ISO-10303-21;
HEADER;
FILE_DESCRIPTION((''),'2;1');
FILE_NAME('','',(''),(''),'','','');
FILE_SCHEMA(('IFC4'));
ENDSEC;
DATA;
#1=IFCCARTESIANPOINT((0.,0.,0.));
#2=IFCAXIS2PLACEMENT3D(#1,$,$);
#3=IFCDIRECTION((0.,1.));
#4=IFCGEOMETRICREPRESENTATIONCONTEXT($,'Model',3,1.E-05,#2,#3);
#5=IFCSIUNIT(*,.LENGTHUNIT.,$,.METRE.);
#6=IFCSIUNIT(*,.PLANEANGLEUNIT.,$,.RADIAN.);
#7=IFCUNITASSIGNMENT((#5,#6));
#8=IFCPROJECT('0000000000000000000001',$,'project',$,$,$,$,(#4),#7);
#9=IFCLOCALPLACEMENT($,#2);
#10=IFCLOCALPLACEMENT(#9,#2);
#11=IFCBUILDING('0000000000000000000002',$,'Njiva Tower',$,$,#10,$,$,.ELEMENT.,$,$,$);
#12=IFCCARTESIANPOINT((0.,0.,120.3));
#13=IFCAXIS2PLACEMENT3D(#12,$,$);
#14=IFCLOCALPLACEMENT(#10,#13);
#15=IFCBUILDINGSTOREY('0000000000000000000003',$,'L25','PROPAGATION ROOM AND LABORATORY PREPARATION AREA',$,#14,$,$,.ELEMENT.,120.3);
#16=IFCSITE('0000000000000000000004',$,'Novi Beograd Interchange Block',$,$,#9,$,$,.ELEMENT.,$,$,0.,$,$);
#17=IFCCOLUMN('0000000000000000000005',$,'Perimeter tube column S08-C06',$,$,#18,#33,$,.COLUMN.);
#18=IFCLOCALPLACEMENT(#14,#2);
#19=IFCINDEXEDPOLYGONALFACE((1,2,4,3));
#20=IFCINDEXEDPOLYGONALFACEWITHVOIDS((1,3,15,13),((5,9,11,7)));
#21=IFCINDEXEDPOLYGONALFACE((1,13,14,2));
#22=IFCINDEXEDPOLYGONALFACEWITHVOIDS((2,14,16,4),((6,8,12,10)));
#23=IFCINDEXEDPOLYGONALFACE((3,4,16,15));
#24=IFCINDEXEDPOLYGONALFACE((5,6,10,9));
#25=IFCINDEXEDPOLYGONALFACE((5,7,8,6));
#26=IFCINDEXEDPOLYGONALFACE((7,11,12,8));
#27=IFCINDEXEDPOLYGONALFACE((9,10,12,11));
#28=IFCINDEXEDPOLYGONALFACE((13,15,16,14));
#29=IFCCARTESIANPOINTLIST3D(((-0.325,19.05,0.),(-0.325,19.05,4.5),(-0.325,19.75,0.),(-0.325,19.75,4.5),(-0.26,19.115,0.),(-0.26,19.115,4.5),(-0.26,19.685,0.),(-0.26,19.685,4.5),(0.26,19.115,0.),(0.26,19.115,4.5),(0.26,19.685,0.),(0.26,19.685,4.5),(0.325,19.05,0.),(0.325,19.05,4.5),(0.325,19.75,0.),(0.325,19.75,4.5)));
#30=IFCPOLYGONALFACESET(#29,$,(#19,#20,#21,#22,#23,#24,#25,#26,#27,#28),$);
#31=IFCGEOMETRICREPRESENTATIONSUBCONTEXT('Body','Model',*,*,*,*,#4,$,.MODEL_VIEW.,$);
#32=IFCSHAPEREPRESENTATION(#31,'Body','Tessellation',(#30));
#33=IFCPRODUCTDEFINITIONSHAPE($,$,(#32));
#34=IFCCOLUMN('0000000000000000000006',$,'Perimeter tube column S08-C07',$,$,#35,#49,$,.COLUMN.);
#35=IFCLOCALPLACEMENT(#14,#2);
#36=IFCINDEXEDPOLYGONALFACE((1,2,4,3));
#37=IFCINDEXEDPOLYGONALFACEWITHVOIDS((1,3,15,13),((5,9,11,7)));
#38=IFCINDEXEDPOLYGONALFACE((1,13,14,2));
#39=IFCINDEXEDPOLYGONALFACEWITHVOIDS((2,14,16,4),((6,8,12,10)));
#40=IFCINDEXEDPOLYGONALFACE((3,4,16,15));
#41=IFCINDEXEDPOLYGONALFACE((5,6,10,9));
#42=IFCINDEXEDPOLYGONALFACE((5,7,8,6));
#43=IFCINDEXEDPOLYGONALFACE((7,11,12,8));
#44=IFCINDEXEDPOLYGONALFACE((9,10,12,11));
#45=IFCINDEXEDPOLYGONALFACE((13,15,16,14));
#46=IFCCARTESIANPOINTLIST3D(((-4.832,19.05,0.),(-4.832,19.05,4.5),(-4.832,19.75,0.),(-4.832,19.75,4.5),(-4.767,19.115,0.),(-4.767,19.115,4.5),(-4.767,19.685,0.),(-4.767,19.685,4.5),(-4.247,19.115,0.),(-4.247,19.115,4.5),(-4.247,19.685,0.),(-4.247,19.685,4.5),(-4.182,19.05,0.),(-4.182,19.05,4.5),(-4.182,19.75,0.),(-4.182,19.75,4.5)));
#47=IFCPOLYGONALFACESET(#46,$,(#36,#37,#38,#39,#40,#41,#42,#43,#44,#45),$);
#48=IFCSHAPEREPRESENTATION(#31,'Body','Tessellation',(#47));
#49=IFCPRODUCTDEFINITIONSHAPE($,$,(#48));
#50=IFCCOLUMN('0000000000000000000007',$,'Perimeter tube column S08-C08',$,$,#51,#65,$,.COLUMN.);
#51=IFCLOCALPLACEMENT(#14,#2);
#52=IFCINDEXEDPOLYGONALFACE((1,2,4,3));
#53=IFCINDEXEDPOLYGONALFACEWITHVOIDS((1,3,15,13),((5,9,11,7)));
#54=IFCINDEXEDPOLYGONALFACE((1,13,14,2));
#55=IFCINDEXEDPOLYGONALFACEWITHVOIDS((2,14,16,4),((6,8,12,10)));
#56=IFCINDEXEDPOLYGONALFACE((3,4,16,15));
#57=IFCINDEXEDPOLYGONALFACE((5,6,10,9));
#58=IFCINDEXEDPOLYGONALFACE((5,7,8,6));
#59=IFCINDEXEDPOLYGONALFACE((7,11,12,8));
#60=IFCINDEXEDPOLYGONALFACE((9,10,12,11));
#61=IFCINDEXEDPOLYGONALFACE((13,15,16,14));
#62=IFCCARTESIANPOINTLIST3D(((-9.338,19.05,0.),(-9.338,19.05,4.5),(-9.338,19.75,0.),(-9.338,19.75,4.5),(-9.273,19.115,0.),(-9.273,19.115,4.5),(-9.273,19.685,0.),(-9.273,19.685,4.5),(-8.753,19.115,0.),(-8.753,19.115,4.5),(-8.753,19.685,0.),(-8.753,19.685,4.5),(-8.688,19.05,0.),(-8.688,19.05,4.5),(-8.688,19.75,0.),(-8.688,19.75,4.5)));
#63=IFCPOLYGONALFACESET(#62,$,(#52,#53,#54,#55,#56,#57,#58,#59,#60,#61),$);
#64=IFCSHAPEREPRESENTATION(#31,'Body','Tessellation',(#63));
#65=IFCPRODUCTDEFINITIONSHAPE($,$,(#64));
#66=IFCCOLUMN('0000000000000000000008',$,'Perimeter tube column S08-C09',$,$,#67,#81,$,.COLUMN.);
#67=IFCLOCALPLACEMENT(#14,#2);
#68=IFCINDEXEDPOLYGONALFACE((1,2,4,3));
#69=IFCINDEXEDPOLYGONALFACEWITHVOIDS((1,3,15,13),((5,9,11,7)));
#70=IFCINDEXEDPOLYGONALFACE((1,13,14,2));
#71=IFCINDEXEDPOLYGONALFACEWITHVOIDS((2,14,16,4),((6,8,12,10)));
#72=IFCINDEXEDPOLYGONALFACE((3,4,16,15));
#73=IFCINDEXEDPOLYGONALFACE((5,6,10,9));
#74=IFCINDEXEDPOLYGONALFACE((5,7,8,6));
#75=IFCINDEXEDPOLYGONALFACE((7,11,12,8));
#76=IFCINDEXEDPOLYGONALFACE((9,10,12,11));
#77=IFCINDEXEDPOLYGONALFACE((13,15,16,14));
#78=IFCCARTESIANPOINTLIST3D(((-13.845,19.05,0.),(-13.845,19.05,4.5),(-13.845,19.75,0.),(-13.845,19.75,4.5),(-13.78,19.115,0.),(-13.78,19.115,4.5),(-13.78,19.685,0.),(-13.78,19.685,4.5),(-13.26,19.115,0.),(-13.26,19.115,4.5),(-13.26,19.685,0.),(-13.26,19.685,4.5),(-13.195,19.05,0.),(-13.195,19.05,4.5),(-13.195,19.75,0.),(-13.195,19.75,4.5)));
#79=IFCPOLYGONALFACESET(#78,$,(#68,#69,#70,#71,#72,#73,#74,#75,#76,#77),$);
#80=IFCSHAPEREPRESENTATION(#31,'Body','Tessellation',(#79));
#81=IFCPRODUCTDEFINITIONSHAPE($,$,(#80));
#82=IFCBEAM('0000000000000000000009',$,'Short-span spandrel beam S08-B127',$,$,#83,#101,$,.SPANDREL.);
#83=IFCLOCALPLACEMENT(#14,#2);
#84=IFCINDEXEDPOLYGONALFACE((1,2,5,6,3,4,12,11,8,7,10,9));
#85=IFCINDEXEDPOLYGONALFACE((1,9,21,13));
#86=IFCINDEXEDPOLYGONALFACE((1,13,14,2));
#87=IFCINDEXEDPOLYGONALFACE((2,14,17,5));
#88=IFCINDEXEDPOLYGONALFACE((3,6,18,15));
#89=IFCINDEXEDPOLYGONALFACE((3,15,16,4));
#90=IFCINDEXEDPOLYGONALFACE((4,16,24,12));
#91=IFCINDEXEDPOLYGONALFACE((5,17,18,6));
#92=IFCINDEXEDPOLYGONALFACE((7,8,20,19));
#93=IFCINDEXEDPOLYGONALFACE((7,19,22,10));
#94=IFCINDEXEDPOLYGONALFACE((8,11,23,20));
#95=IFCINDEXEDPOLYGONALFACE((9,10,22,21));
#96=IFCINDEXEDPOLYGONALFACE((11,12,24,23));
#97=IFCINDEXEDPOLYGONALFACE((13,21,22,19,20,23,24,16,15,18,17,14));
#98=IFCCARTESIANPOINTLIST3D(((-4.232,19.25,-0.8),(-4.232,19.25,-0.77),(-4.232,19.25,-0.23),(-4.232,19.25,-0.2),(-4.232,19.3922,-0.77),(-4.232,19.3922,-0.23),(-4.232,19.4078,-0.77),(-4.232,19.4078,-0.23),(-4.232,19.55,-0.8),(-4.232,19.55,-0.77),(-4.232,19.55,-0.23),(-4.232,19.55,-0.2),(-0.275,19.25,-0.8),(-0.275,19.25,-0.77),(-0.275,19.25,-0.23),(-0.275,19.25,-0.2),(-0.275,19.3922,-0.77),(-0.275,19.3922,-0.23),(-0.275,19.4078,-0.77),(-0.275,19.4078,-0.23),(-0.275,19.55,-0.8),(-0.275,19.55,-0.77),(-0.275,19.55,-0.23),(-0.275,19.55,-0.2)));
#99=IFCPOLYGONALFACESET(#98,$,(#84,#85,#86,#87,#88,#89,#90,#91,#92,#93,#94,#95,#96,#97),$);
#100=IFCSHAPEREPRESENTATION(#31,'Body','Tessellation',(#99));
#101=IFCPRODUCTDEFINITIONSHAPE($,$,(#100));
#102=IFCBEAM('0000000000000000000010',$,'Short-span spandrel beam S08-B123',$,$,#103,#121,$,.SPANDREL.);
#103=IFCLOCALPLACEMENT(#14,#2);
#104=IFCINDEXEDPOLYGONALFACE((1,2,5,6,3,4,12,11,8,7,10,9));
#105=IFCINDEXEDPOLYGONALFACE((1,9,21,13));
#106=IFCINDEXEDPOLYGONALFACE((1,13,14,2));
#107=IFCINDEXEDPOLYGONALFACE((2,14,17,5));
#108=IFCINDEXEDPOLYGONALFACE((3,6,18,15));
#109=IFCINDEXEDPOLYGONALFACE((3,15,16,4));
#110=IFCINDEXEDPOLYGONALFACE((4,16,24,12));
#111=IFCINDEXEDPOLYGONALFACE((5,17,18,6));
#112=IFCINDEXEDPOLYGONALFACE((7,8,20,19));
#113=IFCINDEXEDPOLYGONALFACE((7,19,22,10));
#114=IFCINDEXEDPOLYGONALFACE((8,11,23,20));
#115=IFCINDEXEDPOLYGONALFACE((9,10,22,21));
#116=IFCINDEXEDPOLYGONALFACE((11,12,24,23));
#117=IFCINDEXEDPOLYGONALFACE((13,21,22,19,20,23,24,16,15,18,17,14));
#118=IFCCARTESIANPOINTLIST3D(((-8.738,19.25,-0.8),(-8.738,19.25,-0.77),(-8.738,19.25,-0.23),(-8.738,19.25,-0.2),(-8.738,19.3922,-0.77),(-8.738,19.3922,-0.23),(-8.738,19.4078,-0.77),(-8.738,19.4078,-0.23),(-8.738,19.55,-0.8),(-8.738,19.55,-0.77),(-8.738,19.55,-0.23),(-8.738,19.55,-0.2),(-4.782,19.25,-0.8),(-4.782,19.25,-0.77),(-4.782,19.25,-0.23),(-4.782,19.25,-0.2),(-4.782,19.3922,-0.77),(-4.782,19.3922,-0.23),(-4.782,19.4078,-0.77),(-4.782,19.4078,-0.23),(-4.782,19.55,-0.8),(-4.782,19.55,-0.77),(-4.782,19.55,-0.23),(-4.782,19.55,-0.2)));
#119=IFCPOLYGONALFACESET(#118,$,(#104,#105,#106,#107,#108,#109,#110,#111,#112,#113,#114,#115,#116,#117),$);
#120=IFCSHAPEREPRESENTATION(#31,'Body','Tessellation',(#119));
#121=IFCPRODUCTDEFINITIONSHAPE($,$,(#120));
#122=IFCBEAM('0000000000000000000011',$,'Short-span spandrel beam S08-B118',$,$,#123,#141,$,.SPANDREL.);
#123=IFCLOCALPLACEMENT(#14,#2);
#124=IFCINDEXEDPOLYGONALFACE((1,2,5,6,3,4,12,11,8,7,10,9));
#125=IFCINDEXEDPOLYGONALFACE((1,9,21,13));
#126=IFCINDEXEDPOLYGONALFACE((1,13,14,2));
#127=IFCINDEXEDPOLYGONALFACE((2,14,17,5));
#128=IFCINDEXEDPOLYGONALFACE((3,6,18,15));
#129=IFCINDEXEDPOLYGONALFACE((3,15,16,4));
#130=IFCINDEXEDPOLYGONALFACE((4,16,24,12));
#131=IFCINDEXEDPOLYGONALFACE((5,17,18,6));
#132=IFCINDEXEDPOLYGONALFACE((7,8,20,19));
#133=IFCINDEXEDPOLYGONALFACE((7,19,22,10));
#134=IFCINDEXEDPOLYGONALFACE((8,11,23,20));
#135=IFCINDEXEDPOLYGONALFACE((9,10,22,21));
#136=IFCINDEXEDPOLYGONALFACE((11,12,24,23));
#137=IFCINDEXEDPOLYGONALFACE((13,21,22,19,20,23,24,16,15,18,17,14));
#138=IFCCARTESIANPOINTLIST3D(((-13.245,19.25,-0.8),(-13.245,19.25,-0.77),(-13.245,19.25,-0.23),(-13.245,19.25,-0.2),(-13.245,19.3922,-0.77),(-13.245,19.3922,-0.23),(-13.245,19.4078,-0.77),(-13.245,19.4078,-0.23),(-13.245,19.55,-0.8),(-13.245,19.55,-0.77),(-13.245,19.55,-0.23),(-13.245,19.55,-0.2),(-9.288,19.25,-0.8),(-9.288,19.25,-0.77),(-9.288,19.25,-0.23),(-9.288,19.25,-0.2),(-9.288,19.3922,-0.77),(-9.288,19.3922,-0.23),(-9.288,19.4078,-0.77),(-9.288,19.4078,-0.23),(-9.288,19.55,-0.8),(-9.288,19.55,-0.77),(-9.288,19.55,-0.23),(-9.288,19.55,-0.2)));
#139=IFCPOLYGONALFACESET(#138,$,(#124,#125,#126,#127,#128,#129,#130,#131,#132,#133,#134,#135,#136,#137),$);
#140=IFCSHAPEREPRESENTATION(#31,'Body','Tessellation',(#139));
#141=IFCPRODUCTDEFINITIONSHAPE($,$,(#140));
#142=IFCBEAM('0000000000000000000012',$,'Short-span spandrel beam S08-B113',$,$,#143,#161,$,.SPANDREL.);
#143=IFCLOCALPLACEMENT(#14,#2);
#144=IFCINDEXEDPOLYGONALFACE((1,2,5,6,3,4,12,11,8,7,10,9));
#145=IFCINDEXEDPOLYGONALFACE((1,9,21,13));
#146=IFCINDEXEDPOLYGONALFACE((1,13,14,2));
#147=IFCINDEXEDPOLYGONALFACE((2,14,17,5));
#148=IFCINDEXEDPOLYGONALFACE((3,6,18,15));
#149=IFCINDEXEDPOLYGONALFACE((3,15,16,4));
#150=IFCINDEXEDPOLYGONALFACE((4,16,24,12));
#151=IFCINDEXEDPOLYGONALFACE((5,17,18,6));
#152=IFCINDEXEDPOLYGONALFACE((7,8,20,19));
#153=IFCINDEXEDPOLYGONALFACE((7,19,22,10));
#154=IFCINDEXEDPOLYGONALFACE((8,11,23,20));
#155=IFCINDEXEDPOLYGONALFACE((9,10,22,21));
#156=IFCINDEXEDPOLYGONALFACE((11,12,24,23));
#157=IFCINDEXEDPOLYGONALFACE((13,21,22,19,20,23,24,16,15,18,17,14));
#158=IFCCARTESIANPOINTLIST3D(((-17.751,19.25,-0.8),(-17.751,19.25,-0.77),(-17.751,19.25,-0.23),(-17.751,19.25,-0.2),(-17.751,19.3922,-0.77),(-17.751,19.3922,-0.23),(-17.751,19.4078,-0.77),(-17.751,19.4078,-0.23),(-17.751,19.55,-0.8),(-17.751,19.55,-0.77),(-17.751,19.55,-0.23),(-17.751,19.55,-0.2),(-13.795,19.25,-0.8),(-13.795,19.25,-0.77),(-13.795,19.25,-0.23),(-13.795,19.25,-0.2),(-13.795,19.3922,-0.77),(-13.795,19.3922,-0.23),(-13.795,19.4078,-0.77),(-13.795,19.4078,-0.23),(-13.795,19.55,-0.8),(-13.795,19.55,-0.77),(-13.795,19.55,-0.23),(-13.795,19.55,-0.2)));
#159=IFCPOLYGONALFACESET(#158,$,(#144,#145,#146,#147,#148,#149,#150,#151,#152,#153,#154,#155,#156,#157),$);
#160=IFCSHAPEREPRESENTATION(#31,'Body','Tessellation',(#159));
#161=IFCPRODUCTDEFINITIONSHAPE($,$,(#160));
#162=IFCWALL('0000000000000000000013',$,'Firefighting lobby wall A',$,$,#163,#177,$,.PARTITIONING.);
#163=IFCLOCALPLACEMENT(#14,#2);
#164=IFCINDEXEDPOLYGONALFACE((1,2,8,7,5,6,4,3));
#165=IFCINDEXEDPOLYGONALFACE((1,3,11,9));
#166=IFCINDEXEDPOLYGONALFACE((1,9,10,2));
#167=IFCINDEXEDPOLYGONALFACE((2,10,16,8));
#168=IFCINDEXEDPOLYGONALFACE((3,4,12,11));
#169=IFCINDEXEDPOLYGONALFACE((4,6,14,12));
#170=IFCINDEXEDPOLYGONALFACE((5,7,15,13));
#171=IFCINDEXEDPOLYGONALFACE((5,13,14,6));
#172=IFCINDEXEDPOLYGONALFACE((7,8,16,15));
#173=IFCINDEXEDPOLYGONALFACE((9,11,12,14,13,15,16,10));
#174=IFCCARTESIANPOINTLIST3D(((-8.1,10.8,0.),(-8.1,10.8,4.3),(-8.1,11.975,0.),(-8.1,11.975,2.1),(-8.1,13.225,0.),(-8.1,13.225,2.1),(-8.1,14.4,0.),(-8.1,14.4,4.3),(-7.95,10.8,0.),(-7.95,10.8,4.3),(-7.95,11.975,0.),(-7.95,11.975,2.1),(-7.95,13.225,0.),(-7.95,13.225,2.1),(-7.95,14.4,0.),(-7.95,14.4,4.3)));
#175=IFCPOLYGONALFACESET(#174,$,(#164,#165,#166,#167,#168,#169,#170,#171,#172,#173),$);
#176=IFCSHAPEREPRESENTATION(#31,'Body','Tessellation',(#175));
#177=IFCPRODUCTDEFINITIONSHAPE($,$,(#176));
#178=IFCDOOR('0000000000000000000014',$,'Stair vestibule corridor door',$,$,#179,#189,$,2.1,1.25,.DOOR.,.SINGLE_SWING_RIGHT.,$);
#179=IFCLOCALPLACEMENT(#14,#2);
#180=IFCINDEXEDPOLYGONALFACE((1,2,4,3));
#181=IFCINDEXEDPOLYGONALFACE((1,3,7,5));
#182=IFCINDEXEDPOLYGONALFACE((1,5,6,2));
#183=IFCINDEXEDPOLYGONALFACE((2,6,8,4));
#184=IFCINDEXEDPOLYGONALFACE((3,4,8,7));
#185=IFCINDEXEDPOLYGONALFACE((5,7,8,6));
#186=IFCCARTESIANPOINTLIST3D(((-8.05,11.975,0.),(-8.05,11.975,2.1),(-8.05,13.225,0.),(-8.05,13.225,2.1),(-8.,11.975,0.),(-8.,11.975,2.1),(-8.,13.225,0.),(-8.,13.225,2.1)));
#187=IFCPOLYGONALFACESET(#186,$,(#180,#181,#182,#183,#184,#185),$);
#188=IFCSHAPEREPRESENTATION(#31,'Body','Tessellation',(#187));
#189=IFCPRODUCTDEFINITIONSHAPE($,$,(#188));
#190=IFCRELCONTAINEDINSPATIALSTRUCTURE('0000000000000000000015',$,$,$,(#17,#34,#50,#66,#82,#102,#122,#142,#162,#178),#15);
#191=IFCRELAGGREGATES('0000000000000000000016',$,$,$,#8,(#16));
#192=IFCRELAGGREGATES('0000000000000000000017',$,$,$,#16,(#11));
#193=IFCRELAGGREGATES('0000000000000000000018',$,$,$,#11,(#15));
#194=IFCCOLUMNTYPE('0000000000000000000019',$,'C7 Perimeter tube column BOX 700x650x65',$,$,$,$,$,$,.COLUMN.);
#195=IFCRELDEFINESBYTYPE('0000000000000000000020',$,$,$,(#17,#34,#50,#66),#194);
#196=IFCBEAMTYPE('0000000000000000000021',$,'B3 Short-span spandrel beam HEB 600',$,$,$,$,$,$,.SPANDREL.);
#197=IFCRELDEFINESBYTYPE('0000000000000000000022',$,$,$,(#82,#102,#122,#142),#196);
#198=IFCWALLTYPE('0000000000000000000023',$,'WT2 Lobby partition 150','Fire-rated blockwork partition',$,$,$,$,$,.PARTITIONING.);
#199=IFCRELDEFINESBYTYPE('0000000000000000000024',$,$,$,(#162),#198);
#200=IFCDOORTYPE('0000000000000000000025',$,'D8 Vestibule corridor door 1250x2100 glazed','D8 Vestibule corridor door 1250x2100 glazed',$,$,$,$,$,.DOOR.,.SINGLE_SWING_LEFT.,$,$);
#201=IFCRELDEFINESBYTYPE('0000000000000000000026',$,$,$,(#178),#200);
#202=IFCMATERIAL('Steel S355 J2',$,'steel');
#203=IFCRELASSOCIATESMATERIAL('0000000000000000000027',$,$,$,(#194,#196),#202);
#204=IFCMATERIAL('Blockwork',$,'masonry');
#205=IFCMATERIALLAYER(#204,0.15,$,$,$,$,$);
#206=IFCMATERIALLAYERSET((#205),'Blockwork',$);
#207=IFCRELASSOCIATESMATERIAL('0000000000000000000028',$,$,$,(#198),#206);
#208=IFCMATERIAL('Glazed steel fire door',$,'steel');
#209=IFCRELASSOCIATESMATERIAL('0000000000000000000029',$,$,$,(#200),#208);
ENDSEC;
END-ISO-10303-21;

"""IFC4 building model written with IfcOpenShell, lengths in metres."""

from ifc_helpers import new_model, si_unit, direction, frame, frame_2d, origin, origin_2d, place, context, subcontext, project, spatial, rectangle, hollow_rectangle, i_section, extrude, material, layer, layer_set, material_profile, profile_set, type_object, element, fill, save


model = new_model("IFC4")

# Units and contexts
model_context = context("Model", 3, precision=1e-05, world=origin(), true_north=direction((0.0, 1.0)))
body_context = subcontext(model_context, "Body", "Model", "MODEL_VIEW")
ifc_project = project(units=[si_unit("LENGTHUNIT", "METRE"), si_unit("PLANEANGLEUNIT", "RADIAN")], contexts=[model_context])

# Site, building, storey
site_placement = place(None, origin())
site = spatial("IfcSite", under=ifc_project, at=site_placement, Name="Novi Beograd Interchange Block", CompositionType="ELEMENT", RefElevation=0.0)
building_placement = place(site_placement, origin())
building = spatial("IfcBuilding", under=site, at=building_placement, Name="Njiva Tower", CompositionType="ELEMENT")
storey_placement = place(building_placement, frame((0.0, 0.0, 120.3)))
storey = spatial("IfcBuildingStorey", under=building, at=storey_placement, Name="L25", Description="PROPAGATION ROOM AND LABORATORY PREPARATION AREA", CompositionType="ELEMENT", Elevation=120.3)

# Columns
ifc_material_1 = material(Name="Steel S355 J2", Category="steel")
ifc_material_profile_1 = material_profile(ifc_material_1, hollow_rectangle(XDim=0.65, YDim=0.7, WallThickness=0.065, at=origin_2d()), Name="BOX 700x650x65")
ifc_profile_set_1 = profile_set([ifc_material_profile_1], Name="Steel S355 J2")
column_type = type_object("IfcColumnType", Name="C7 Perimeter tube column BOX 700x650x65", PredefinedType="COLUMN", material=ifc_profile_set_1)
for number, where, z_axis, x_axis, name in (
    (1, (0.0, 19.4, 0.0), (0.0, 0.0, 1.0), (-1.0, 0.0, 0.0), "Perimeter tube column S08-C06"),
    (2, (-4.507, 19.4, 0.0), (0.0, 0.0, 1.0), (-1.0, 0.0, 0.0), "Perimeter tube column S08-C07"),
    (3, (-9.013, 19.4, 0.0), (0.0, 0.0, 1.0), (-1.0, 0.0, 0.0), "Perimeter tube column S08-C08"),
    (4, (-13.52, 19.4, 0.0), (0.0, 0.0, 1.0), (-1.0, 0.0, 0.0), "Perimeter tube column S08-C09"),
):
    element("IfcColumn", number, at=place(storey_placement, frame(where, z_axis=z_axis, x_axis=x_axis)), inside=storey, type_object=column_type, Name=name, PredefinedType="COLUMN", context=body_context, shape_type="SweptSolid", body=[
        extrude(hollow_rectangle(XDim=0.65, YDim=0.7, WallThickness=0.065, at=origin_2d()), origin(), (0.0, 0.0, 1.0), 4.5),
    ])

# Beams
ifc_material_profile_2 = material_profile(ifc_material_1, i_section(OverallWidth=0.3, OverallDepth=0.6, WebThickness=0.0155, FlangeThickness=0.03, at=origin_2d()), Name="HEB 600")
ifc_profile_set_2 = profile_set([ifc_material_profile_2], Name="Steel S355 J2")
beam_type = type_object("IfcBeamType", Name="B3 Short-span spandrel beam HEB 600", PredefinedType="SPANDREL", material=ifc_profile_set_2)
beam_1_placement = place(storey_placement, frame((-0.275, 19.4, -0.5), z_axis=(-1.0, 0.0, 0.0), x_axis=(0.0, -1.0, 0.0)))
element("IfcBeam", 5, at=beam_1_placement, inside=storey, type_object=beam_type, Name="Short-span spandrel beam S08-B127", PredefinedType="SPANDREL", context=body_context, shape_type="SweptSolid", body=[
    extrude(i_section(OverallWidth=0.3, OverallDepth=0.6, WebThickness=0.0155, FlangeThickness=0.03, at=origin_2d()), origin(), (0.0, 0.0, 1.0), 3.957),
])
beam_2_placement = place(storey_placement, frame((-4.782, 19.4, -0.5), z_axis=(-1.0, 0.0, 0.0), x_axis=(0.0, -1.0, 0.0)))
element("IfcBeam", 6, at=beam_2_placement, inside=storey, type_object=beam_type, Name="Short-span spandrel beam S08-B123", PredefinedType="SPANDREL", context=body_context, shape_type="SweptSolid", body=[
    extrude(i_section(OverallWidth=0.3, OverallDepth=0.6, WebThickness=0.0155, FlangeThickness=0.03, at=origin_2d()), origin(), (0.0, 0.0, 1.0), 3.956),
])
beam_3_placement = place(storey_placement, frame((-9.288, 19.4, -0.5), z_axis=(-1.0, 0.0, 0.0), x_axis=(0.0, -1.0, 0.0)))
element("IfcBeam", 7, at=beam_3_placement, inside=storey, type_object=beam_type, Name="Short-span spandrel beam S08-B118", PredefinedType="SPANDREL", context=body_context, shape_type="SweptSolid", body=[
    extrude(i_section(OverallWidth=0.3, OverallDepth=0.6, WebThickness=0.0155, FlangeThickness=0.03, at=origin_2d()), origin(), (0.0, 0.0, 1.0), 3.957),
])
beam_4_placement = place(storey_placement, frame((-13.795, 19.4, -0.5), z_axis=(-1.0, 0.0, 0.0), x_axis=(0.0, -1.0, 0.0)))
element("IfcBeam", 8, at=beam_4_placement, inside=storey, type_object=beam_type, Name="Short-span spandrel beam S08-B113", PredefinedType="SPANDREL", context=body_context, shape_type="SweptSolid", body=[
    extrude(i_section(OverallWidth=0.3, OverallDepth=0.6, WebThickness=0.0155, FlangeThickness=0.03, at=origin_2d()), origin(), (0.0, 0.0, 1.0), 3.956),
])

# Wall, opening, door
ifc_material_2 = material(Name="Blockwork", Category="masonry")
ifc_layer_1 = layer(ifc_material_2, 0.15)
ifc_layer_set_1 = layer_set([ifc_layer_1], Name="Blockwork")
wall_type_1 = type_object("IfcWallType", Name="WT2 Lobby partition 150", Description="Fire-rated blockwork partition", PredefinedType="PARTITIONING", material=ifc_layer_set_1)
wall_1_placement = place(storey_placement, frame((-8.025, 10.8, 0.0), z_axis=(0.0, 0.0, 1.0), x_axis=(0.0, 1.0, 0.0)))
wall_1 = element("IfcWall", 9, at=wall_1_placement, inside=storey, type_object=wall_type_1, Name="Firefighting lobby wall A", PredefinedType="PARTITIONING", context=body_context, shape_type="SweptSolid", body=[
    extrude(rectangle(XDim=3.6, YDim=0.15, at=frame_2d((1.8, 0.0))), origin(), (0.0, 0.0, 1.0), 4.3),
])
opening_1_placement = place(wall_1_placement, frame((1.175, 0.0, 0.0)))
opening_1 = element("IfcOpeningElement", 10, at=opening_1_placement, cuts=wall_1, PredefinedType="OPENING", context=body_context, shape_type="SweptSolid", body=[
    extrude(rectangle(XDim=1.25, YDim=2.1, at=frame_2d((0.625, 1.05))), frame((0.0, 0.085, 0.0), z_axis=(0.0, -1.0, 0.0), x_axis=(1.0, 0.0, 0.0)), (0.0, 0.0, 1.0), 0.17),
])
ifc_material_3 = material(Name="Glazed steel fire door", Category="steel")
door_type_1 = type_object("IfcDoorType", Name="D8 Vestibule corridor door 1250x2100 glazed", Description="D8 Vestibule corridor door 1250x2100 glazed", OperationType="SINGLE_SWING_LEFT", PredefinedType="DOOR", material=ifc_material_3)
door_1_placement = place(opening_1_placement, origin())
door_1 = element("IfcDoor", 11, at=door_1_placement, inside=storey, type_object=door_type_1, Name="Stair vestibule corridor door", OperationType="SINGLE_SWING_RIGHT", OverallHeight=2.1, OverallWidth=1.25, PredefinedType="DOOR", context=body_context, shape_type="SweptSolid", body=[
    extrude(rectangle(XDim=1.25, YDim=2.1, at=frame_2d((0.625, 1.05))), frame((0.0, 0.025, 0.0), z_axis=(0.0, -1.0, 0.0), x_axis=(1.0, 0.0, 0.0)), (0.0, 0.0, 1.0), 0.05),
])
fill(opening_1, door_1)

save(model, "model.ifc")
